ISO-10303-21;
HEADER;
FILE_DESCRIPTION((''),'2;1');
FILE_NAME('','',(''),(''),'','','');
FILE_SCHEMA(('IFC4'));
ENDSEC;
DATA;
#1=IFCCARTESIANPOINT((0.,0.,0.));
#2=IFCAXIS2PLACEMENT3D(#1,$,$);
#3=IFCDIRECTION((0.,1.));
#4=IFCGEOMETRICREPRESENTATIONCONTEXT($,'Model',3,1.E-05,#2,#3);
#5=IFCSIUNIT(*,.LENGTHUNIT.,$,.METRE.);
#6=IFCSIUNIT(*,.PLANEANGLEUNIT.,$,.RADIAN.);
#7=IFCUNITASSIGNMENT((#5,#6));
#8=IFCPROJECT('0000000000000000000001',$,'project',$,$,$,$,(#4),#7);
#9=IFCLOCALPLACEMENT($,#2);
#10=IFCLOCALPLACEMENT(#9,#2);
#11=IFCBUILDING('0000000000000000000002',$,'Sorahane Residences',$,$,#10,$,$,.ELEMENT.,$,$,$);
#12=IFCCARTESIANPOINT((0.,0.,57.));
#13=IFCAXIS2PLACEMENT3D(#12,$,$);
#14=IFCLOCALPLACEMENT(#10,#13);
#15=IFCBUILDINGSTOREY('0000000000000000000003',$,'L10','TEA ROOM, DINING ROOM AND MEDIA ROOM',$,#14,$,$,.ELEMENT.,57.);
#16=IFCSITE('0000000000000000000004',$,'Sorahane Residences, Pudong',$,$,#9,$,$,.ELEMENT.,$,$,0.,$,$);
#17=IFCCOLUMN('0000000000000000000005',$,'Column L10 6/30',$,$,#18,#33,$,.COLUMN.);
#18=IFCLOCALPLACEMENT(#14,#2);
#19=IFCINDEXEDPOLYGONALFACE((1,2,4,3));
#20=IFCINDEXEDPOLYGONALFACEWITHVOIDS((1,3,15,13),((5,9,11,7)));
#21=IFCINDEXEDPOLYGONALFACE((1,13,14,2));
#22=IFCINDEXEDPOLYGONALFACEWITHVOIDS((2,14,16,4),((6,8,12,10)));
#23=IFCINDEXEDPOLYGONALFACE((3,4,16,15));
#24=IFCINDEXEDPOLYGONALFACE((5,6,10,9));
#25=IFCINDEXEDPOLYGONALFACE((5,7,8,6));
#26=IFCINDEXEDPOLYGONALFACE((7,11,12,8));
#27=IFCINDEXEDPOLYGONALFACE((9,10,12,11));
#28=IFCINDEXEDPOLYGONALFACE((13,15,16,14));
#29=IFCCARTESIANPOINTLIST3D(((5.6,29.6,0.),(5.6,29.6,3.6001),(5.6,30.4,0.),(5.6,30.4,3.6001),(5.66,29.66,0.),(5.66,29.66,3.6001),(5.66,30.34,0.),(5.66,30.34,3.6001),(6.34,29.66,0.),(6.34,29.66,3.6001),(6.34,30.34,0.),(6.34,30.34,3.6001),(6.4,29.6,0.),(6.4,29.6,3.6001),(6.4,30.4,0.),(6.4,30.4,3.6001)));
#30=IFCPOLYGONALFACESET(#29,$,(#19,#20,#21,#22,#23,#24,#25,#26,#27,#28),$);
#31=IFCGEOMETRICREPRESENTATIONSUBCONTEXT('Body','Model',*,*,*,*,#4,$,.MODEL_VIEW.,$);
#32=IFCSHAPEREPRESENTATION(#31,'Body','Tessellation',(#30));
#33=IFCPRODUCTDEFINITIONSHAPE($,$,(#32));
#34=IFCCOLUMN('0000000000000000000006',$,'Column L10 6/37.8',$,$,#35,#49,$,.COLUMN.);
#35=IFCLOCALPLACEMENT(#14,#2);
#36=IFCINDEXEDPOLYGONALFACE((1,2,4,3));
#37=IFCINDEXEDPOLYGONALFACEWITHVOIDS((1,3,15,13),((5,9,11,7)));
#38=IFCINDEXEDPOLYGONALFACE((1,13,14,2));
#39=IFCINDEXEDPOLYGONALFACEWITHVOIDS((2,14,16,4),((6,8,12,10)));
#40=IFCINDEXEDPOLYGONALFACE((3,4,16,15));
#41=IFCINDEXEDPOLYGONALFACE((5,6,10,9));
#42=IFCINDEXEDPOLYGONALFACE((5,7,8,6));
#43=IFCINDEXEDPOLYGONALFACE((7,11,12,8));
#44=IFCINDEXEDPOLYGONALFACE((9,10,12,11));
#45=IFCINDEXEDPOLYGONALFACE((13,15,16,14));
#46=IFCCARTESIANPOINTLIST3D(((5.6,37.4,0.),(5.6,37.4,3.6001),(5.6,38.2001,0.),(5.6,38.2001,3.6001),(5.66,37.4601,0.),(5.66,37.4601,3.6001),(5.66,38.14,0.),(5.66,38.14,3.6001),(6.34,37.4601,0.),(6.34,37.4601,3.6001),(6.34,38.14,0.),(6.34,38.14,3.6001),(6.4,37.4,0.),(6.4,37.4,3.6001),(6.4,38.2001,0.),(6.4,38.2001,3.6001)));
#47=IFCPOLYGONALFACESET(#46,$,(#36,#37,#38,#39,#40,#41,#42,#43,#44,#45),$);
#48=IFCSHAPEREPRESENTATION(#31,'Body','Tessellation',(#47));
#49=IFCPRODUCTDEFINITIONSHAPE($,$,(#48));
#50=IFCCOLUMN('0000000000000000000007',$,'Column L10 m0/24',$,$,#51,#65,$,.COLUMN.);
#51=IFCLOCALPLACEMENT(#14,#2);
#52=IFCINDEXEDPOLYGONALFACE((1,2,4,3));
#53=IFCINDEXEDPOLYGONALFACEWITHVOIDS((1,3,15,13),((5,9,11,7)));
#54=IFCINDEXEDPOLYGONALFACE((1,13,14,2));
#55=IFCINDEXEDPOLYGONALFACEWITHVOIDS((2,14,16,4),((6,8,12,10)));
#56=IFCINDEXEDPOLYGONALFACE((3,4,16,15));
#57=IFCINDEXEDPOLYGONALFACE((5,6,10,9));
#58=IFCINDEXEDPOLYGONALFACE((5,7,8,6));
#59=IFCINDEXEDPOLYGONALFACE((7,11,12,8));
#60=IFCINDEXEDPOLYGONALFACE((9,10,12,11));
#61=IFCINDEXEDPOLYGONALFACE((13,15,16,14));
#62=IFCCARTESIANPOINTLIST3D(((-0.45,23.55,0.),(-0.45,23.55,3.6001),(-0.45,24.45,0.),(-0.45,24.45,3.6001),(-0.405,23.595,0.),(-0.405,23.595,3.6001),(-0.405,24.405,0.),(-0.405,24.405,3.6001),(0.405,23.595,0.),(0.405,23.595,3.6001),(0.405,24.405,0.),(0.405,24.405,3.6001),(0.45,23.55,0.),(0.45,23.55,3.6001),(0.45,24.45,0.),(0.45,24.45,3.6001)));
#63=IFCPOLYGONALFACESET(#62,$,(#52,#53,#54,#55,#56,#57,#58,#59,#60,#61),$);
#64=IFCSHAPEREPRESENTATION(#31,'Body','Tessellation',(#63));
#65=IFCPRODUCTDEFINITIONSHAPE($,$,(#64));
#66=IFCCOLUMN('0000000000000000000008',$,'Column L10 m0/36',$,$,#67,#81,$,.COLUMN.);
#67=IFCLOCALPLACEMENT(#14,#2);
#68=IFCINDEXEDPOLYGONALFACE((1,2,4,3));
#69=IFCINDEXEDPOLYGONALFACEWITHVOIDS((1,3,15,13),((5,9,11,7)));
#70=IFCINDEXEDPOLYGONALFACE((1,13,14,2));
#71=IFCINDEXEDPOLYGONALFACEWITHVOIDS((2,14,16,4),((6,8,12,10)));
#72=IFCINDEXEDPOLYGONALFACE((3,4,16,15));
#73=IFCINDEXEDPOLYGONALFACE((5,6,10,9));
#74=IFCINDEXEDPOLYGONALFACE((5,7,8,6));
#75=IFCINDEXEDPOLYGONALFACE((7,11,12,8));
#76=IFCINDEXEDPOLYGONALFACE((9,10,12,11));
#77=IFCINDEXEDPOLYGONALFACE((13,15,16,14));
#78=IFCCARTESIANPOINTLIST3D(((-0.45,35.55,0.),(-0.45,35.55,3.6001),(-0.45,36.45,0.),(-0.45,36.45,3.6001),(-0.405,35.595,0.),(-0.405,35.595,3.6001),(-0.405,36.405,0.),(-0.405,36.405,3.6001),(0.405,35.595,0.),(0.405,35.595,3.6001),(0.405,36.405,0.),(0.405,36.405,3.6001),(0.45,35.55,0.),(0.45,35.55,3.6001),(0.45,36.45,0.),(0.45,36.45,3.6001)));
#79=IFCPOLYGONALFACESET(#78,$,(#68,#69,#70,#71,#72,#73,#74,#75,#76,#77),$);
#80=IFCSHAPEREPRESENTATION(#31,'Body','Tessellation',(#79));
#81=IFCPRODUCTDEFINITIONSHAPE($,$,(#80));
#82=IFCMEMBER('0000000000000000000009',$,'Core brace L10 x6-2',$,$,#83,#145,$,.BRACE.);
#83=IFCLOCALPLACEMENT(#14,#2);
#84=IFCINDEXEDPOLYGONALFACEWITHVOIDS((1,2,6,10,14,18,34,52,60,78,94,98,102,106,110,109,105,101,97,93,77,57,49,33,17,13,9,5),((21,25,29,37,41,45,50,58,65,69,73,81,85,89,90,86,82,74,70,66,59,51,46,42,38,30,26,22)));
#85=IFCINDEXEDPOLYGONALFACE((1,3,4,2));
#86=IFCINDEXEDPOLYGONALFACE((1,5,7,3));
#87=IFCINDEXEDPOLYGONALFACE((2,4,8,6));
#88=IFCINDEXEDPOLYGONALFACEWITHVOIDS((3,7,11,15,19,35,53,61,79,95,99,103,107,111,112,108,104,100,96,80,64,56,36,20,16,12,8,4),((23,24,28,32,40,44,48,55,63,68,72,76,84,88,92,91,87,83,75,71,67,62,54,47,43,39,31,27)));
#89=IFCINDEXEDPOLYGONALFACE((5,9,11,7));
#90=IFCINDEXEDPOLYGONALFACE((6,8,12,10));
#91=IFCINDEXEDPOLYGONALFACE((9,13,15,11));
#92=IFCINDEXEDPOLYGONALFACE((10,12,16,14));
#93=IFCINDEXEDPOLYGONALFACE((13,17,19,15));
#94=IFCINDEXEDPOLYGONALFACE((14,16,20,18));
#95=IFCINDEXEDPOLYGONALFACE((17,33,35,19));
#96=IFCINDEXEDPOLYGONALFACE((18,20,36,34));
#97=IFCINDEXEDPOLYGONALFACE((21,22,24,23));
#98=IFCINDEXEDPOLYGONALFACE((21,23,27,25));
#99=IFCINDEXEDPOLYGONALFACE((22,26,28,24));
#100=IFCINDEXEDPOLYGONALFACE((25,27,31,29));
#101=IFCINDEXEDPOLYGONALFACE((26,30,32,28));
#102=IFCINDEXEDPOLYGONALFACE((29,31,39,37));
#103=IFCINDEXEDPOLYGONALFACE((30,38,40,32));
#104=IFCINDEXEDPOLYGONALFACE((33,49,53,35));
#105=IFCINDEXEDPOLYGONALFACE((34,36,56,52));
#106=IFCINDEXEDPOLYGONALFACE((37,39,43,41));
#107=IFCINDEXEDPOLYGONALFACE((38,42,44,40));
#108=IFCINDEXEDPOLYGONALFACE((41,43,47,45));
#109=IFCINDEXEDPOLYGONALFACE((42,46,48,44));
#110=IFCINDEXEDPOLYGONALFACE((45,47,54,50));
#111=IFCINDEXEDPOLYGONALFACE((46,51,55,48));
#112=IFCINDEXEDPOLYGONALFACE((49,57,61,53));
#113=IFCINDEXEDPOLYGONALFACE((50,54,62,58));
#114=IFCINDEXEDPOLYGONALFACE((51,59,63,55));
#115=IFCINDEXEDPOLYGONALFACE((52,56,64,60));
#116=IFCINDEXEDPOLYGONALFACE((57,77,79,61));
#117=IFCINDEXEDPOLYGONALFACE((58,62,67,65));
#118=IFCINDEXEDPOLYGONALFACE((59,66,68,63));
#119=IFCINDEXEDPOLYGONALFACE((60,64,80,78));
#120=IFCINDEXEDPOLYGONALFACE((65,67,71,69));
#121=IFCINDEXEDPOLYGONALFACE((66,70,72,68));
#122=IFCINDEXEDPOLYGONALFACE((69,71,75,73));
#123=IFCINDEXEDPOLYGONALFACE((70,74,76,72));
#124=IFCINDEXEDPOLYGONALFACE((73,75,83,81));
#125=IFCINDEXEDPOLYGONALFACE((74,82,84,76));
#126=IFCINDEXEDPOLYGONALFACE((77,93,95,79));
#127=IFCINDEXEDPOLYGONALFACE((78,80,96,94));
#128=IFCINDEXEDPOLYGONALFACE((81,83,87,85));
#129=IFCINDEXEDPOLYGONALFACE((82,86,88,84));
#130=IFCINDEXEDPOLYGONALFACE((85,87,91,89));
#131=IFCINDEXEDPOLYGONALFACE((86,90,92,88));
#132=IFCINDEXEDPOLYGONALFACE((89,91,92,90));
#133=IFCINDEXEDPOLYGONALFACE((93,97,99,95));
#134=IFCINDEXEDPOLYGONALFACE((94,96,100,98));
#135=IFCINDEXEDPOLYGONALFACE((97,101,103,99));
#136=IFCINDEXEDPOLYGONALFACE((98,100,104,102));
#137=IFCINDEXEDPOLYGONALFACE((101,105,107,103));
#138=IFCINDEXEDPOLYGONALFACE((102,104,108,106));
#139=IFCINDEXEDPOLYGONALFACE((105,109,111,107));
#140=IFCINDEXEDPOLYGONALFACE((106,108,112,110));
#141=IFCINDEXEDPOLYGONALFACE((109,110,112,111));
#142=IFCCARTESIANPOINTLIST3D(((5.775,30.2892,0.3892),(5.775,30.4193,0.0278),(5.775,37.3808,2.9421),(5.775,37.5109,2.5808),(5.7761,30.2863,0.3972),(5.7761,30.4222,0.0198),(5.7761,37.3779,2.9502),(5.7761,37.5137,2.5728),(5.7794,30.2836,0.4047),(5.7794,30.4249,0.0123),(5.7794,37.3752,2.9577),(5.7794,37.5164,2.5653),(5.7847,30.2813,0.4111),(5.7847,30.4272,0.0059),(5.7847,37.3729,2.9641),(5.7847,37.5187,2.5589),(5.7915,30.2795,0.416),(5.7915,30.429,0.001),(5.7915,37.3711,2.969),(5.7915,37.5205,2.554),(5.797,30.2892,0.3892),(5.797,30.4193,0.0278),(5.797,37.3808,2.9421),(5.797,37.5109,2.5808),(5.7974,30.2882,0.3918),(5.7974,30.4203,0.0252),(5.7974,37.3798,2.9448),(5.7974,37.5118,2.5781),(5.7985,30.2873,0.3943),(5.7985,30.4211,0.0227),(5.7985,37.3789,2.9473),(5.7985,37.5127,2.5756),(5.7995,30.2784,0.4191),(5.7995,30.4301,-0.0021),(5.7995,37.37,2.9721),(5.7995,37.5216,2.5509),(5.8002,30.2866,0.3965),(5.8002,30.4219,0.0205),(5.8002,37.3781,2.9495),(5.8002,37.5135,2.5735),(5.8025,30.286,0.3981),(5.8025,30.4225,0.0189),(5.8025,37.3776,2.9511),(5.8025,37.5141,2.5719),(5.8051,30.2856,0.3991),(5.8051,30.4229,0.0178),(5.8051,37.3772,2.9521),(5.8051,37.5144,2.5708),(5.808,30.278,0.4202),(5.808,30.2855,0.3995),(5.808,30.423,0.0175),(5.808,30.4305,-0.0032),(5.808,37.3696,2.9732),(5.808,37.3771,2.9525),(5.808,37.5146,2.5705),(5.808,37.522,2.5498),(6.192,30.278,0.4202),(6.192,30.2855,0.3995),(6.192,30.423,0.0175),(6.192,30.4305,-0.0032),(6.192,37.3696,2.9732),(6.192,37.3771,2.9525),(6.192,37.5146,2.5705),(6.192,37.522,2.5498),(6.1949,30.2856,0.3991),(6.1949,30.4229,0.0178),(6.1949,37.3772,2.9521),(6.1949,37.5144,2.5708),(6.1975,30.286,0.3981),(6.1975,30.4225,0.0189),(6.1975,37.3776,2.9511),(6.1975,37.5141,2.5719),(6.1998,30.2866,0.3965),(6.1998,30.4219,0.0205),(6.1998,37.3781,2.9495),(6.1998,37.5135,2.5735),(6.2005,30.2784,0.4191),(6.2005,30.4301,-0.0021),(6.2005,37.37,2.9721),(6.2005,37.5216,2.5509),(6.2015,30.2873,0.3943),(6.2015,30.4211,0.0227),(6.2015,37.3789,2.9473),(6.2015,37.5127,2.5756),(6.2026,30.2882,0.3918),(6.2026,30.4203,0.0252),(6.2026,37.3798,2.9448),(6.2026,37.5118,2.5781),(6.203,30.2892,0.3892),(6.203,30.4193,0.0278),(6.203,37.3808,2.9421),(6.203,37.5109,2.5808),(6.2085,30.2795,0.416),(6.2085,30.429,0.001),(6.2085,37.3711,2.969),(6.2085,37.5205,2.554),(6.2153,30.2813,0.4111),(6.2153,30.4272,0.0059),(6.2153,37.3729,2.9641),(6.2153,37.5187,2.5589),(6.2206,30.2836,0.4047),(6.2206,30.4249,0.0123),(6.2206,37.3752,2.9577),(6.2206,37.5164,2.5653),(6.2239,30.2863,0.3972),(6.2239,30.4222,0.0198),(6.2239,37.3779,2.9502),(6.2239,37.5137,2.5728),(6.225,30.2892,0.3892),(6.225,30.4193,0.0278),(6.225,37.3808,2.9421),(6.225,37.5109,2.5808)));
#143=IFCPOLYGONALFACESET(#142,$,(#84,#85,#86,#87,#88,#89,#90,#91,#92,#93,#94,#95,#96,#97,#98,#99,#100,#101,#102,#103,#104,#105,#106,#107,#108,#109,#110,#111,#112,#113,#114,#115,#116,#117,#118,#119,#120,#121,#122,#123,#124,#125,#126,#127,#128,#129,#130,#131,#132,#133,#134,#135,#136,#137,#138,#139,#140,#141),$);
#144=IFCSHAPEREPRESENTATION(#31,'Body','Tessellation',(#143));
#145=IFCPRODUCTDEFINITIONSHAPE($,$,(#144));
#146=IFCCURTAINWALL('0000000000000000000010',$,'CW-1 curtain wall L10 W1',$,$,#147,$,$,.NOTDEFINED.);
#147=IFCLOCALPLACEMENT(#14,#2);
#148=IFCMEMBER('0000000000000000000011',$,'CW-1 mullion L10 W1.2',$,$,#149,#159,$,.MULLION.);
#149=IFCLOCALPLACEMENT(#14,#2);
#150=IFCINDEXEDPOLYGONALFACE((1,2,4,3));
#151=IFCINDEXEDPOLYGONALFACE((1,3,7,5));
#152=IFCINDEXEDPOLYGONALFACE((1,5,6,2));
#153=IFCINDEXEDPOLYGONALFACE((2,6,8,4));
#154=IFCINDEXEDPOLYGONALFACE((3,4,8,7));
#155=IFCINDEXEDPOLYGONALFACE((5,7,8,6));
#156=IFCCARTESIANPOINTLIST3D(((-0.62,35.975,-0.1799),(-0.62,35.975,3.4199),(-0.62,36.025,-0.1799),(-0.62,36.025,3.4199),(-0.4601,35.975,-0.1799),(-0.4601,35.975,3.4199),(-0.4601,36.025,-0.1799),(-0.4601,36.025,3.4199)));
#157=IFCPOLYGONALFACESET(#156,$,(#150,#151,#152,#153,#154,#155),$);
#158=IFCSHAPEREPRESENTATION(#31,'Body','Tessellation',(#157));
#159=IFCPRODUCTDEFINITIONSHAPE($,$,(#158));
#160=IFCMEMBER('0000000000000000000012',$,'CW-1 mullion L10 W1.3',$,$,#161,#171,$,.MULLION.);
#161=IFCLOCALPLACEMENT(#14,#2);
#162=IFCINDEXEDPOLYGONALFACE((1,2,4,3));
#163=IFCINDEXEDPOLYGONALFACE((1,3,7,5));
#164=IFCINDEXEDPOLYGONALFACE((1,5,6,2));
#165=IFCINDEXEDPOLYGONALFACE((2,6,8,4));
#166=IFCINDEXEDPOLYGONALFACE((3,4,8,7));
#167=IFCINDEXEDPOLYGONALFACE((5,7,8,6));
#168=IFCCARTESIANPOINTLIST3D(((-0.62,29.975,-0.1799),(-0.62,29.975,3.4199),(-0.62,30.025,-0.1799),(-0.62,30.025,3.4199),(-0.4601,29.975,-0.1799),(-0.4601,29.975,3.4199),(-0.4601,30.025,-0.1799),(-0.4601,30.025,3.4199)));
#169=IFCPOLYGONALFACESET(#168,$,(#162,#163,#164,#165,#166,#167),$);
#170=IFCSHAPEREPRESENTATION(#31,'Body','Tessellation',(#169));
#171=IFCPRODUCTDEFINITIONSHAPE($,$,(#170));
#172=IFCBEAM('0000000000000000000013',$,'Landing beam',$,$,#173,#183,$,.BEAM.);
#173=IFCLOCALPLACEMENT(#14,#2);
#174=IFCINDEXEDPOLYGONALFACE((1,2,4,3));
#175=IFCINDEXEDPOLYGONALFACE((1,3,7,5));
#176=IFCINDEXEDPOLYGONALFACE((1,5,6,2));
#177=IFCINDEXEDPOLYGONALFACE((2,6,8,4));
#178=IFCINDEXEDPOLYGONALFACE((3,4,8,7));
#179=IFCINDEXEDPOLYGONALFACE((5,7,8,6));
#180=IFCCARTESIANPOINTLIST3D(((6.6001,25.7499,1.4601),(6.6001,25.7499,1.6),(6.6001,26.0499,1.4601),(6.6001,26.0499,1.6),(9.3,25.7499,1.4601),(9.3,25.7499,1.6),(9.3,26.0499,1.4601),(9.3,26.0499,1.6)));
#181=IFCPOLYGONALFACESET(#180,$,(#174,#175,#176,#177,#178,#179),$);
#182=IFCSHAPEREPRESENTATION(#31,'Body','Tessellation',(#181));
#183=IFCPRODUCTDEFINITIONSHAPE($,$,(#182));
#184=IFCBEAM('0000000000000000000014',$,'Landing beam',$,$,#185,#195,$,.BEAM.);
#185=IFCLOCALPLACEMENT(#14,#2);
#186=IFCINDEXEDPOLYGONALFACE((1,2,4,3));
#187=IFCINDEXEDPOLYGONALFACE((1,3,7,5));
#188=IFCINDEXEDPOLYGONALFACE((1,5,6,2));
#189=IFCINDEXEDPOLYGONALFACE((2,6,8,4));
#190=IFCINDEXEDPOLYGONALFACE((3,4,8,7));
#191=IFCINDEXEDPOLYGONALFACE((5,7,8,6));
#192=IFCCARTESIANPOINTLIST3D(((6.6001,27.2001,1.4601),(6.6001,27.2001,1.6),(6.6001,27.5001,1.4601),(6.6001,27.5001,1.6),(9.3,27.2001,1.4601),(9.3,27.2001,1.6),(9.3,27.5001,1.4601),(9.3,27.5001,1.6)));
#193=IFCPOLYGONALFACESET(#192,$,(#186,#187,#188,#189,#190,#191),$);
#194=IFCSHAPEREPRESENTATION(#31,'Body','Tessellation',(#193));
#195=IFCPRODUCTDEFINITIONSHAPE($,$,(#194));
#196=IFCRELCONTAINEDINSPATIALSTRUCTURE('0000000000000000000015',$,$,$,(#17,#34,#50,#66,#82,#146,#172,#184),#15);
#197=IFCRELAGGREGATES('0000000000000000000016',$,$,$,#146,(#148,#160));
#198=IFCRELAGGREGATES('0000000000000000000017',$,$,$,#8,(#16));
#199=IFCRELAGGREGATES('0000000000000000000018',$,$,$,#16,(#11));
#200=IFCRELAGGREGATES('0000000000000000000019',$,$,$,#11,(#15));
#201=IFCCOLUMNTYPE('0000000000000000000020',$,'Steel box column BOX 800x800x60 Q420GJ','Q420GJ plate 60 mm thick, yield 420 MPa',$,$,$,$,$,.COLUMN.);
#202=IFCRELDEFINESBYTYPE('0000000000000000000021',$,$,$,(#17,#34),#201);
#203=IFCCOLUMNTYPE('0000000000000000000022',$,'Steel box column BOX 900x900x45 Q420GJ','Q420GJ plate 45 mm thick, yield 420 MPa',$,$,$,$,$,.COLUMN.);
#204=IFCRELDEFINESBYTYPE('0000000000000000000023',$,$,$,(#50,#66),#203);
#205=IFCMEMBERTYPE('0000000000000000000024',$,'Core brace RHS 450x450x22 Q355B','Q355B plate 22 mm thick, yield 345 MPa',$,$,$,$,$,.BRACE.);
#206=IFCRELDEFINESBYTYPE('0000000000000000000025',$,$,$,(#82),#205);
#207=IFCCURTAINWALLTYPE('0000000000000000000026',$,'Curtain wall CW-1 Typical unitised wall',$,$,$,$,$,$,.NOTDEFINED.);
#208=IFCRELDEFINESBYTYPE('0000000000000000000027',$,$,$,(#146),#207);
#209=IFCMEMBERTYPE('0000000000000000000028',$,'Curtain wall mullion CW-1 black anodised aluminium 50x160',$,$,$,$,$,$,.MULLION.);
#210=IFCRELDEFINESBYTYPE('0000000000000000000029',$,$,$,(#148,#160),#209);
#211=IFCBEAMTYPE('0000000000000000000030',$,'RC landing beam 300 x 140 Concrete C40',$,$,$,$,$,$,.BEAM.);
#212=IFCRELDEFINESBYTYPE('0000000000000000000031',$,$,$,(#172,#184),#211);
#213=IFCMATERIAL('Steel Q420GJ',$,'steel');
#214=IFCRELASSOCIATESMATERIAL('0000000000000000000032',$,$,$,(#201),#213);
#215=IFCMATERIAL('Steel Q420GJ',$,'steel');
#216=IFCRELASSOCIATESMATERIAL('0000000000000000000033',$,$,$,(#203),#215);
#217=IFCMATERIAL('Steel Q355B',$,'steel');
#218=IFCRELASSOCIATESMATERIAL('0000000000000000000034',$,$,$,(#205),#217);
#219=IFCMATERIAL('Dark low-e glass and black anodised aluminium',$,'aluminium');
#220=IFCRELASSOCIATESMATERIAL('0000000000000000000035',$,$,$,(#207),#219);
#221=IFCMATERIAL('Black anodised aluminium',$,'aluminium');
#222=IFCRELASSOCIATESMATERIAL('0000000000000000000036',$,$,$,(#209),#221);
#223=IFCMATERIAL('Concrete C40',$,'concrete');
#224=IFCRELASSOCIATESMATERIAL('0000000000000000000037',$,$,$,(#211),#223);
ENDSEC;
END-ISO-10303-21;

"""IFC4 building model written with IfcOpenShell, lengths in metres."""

from ifc_helpers import new_model, si_unit, direction, frame, origin, origin_2d, place, context, subcontext, project, spatial, rectangle, hollow_rectangle, extrude, material, material_profile, profile_set, type_object, element, aggregate, save


model = new_model("IFC4")

# Units and contexts
model_context = context("Model", 3, precision=1e-05, world=origin(), true_north=direction((0.0, 1.0)))
body_context = subcontext(model_context, "Body", "Model", "MODEL_VIEW")
ifc_project = project(units=[si_unit("LENGTHUNIT", "METRE"), si_unit("PLANEANGLEUNIT", "RADIAN")], contexts=[model_context])

# Site, building, storey
site_placement = place(None, origin())
site = spatial("IfcSite", under=ifc_project, at=site_placement, Name="Sorahane Residences, Pudong", CompositionType="ELEMENT", RefElevation=0.0)
building_placement = place(site_placement, origin())
building = spatial("IfcBuilding", under=site, at=building_placement, Name="Sorahane Residences", CompositionType="ELEMENT")
storey_placement = place(building_placement, frame((0.0, 0.0, 57.0)))
storey = spatial("IfcBuildingStorey", under=building, at=storey_placement, Name="L10", Description="TEA ROOM, DINING ROOM AND MEDIA ROOM", CompositionType="ELEMENT", Elevation=57.0)

# Columns
ifc_material_1 = material(Name="Steel Q420GJ", Category="steel")
ifc_material_profile_1 = material_profile(ifc_material_1, hollow_rectangle(XDim=0.8, YDim=0.8, WallThickness=0.0601, at=origin_2d()), Name="BOX 800x800x60")
ifc_profile_set_1 = profile_set([ifc_material_profile_1], Name="Steel Q420GJ")
column_type_1 = type_object("IfcColumnType", Name="Steel box column BOX 800x800x60 Q420GJ", Description="Q420GJ plate 60 mm thick, yield 420 MPa", PredefinedType="COLUMN", material=ifc_profile_set_1)
for number, where, z_axis, x_axis, name in (
    (1, (6.0, 30.0, 0.0), (0.0, 0.0, 1.0), (1.0, 0.0, 0.0), "Column L10 6/30"),
    (2, (6.0, 37.8, 0.0), (0.0, 0.0, 1.0), (1.0, 0.0, 0.0), "Column L10 6/37.8"),
):
    element("IfcColumn", number, at=place(storey_placement, frame(where, z_axis=z_axis, x_axis=x_axis)), inside=storey, type_object=column_type_1, Name=name, PredefinedType="COLUMN", context=body_context, shape_type="SweptSolid", body=[
        extrude(hollow_rectangle(XDim=0.8, YDim=0.8, WallThickness=0.0601, at=origin_2d()), origin(), (0.0, 0.0, 1.0), 3.6001),
    ])
ifc_material_2 = material(Name="Steel Q420GJ", Category="steel")
ifc_material_profile_2 = material_profile(ifc_material_2, hollow_rectangle(XDim=0.8999, YDim=0.8999, WallThickness=0.0449, at=origin_2d()), Name="BOX 900x900x45")
ifc_profile_set_2 = profile_set([ifc_material_profile_2], Name="Steel Q420GJ")
column_type_2 = type_object("IfcColumnType", Name="Steel box column BOX 900x900x45 Q420GJ", Description="Q420GJ plate 45 mm thick, yield 420 MPa", PredefinedType="COLUMN", material=ifc_profile_set_2)
for number, where, z_axis, x_axis, name in (
    (3, (0.0, 24.0, 0.0), (0.0, 0.0, 1.0), (1.0, 0.0, 0.0), "Column L10 m0/24"),
    (4, (0.0, 36.0, 0.0), (0.0, 0.0, 1.0), (1.0, 0.0, 0.0), "Column L10 m0/36"),
):
    element("IfcColumn", number, at=place(storey_placement, frame(where, z_axis=z_axis, x_axis=x_axis)), inside=storey, type_object=column_type_2, Name=name, PredefinedType="COLUMN", context=body_context, shape_type="SweptSolid", body=[
        extrude(hollow_rectangle(XDim=0.8999, YDim=0.8999, WallThickness=0.0449, at=origin_2d()), origin(), (0.0, 0.0, 1.0), 3.6001),
    ])

# Member
ifc_material_3 = material(Name="Steel Q355B", Category="steel")
ifc_material_profile_3 = material_profile(ifc_material_3, hollow_rectangle(XDim=0.45, YDim=0.45, WallThickness=0.022, InnerFilletRadius=0.011, OuterFilletRadius=0.033, at=origin_2d()), Name="RHS 450x450x22")
ifc_profile_set_3 = profile_set([ifc_material_profile_3], Name="Steel Q355B")
member_type_1 = type_object("IfcMemberType", Name="Core brace RHS 450x450x22 Q355B", Description="Q355B plate 22 mm thick, yield 345 MPa", PredefinedType="BRACE", material=ifc_profile_set_3)
member_1_placement = place(storey_placement, frame((6.0, 30.3542, 0.2085), z_axis=(0.0, 0.940887, 0.338722), x_axis=(-1.0, 0.0, 0.0)))
element("IfcMember", 5, at=member_1_placement, inside=storey, type_object=member_type_1, Name="Core brace L10 x6-2", PredefinedType="BRACE", context=body_context, shape_type="SweptSolid", body=[
    extrude(hollow_rectangle(XDim=0.45, YDim=0.45, WallThickness=0.022, InnerFilletRadius=0.011, OuterFilletRadius=0.033, at=origin_2d()), origin(), (0.0, 0.0, 1.0), 7.5371),
])

# Curtain wall, members
ifc_material_4 = material(Name="Dark low-e glass and black anodised aluminium", Category="aluminium")
curtain_wall_type = type_object("IfcCurtainWallType", Name="Curtain wall CW-1 Typical unitised wall", PredefinedType="NOTDEFINED", material=ifc_material_4)
curtain_wall_placement = place(storey_placement, origin())
curtain_wall = element("IfcCurtainWall", 6, at=curtain_wall_placement, inside=storey, type_object=curtain_wall_type, Name="CW-1 curtain wall L10 W1", PredefinedType="NOTDEFINED")
ifc_material_5 = material(Name="Black anodised aluminium", Category="aluminium")
ifc_material_profile_4 = material_profile(ifc_material_5, rectangle(XDim=0.1599, YDim=0.05, at=origin_2d()), Name="Curtain wall mullion CW-1 black anodised aluminium 50x160")
ifc_profile_set_4 = profile_set([ifc_material_profile_4], Name="Black anodised aluminium")
member_type_2 = type_object("IfcMemberType", Name="Curtain wall mullion CW-1 black anodised aluminium 50x160", PredefinedType="MULLION", material=ifc_profile_set_4)
member_2_placement = place(storey_placement, frame((-0.54, 36.0, -0.1799), z_axis=(0.0, 0.0, 1.0), x_axis=(-1.0, 0.0, 0.0)))
member_2 = element("IfcMember", 7, at=member_2_placement, type_object=member_type_2, Name="CW-1 mullion L10 W1.2", PredefinedType="MULLION", context=body_context, shape_type="SweptSolid", body=[
    extrude(rectangle(XDim=0.1599, YDim=0.05, at=origin_2d()), origin(), (0.0, 0.0, 1.0), 3.5999),
])
member_3_placement = place(storey_placement, frame((-0.54, 30.0, -0.1799), z_axis=(0.0, 0.0, 1.0), x_axis=(-1.0, 0.0, 0.0)))
member_3 = element("IfcMember", 8, at=member_3_placement, type_object=member_type_2, Name="CW-1 mullion L10 W1.3", PredefinedType="MULLION", context=body_context, shape_type="SweptSolid", body=[
    extrude(rectangle(XDim=0.1599, YDim=0.05, at=origin_2d()), origin(), (0.0, 0.0, 1.0), 3.5999),
])

# Beams
ifc_material_6 = material(Name="Concrete C40", Category="concrete")
ifc_material_profile_5 = material_profile(ifc_material_6, rectangle(XDim=0.3, YDim=0.1399, at=origin_2d()), Name="300x140")
ifc_profile_set_5 = profile_set([ifc_material_profile_5], Name="Concrete C40")
beam_type_1 = type_object("IfcBeamType", Name="RC landing beam 300 x 140 Concrete C40", PredefinedType="BEAM", material=ifc_profile_set_5)
for number, where, z_axis, x_axis, name in (
    (9, (6.6001, 25.8999, 1.53), (1.0, 0.0, 0.0), (0.0, 1.0, 0.0), "Landing beam"),
    (10, (6.6001, 27.3501, 1.53), (1.0, 0.0, 0.0), (0.0, 1.0, 0.0), "Landing beam"),
):
    element("IfcBeam", number, at=place(storey_placement, frame(where, z_axis=z_axis, x_axis=x_axis)), inside=storey, type_object=beam_type_1, Name=name, PredefinedType="BEAM", context=body_context, shape_type="SweptSolid", body=[
        extrude(rectangle(XDim=0.3, YDim=0.1399, at=origin_2d()), origin(), (0.0, 0.0, 1.0), 2.7),
    ])

aggregate(curtain_wall, [member_2, member_3])

save(model, "model.ifc")
